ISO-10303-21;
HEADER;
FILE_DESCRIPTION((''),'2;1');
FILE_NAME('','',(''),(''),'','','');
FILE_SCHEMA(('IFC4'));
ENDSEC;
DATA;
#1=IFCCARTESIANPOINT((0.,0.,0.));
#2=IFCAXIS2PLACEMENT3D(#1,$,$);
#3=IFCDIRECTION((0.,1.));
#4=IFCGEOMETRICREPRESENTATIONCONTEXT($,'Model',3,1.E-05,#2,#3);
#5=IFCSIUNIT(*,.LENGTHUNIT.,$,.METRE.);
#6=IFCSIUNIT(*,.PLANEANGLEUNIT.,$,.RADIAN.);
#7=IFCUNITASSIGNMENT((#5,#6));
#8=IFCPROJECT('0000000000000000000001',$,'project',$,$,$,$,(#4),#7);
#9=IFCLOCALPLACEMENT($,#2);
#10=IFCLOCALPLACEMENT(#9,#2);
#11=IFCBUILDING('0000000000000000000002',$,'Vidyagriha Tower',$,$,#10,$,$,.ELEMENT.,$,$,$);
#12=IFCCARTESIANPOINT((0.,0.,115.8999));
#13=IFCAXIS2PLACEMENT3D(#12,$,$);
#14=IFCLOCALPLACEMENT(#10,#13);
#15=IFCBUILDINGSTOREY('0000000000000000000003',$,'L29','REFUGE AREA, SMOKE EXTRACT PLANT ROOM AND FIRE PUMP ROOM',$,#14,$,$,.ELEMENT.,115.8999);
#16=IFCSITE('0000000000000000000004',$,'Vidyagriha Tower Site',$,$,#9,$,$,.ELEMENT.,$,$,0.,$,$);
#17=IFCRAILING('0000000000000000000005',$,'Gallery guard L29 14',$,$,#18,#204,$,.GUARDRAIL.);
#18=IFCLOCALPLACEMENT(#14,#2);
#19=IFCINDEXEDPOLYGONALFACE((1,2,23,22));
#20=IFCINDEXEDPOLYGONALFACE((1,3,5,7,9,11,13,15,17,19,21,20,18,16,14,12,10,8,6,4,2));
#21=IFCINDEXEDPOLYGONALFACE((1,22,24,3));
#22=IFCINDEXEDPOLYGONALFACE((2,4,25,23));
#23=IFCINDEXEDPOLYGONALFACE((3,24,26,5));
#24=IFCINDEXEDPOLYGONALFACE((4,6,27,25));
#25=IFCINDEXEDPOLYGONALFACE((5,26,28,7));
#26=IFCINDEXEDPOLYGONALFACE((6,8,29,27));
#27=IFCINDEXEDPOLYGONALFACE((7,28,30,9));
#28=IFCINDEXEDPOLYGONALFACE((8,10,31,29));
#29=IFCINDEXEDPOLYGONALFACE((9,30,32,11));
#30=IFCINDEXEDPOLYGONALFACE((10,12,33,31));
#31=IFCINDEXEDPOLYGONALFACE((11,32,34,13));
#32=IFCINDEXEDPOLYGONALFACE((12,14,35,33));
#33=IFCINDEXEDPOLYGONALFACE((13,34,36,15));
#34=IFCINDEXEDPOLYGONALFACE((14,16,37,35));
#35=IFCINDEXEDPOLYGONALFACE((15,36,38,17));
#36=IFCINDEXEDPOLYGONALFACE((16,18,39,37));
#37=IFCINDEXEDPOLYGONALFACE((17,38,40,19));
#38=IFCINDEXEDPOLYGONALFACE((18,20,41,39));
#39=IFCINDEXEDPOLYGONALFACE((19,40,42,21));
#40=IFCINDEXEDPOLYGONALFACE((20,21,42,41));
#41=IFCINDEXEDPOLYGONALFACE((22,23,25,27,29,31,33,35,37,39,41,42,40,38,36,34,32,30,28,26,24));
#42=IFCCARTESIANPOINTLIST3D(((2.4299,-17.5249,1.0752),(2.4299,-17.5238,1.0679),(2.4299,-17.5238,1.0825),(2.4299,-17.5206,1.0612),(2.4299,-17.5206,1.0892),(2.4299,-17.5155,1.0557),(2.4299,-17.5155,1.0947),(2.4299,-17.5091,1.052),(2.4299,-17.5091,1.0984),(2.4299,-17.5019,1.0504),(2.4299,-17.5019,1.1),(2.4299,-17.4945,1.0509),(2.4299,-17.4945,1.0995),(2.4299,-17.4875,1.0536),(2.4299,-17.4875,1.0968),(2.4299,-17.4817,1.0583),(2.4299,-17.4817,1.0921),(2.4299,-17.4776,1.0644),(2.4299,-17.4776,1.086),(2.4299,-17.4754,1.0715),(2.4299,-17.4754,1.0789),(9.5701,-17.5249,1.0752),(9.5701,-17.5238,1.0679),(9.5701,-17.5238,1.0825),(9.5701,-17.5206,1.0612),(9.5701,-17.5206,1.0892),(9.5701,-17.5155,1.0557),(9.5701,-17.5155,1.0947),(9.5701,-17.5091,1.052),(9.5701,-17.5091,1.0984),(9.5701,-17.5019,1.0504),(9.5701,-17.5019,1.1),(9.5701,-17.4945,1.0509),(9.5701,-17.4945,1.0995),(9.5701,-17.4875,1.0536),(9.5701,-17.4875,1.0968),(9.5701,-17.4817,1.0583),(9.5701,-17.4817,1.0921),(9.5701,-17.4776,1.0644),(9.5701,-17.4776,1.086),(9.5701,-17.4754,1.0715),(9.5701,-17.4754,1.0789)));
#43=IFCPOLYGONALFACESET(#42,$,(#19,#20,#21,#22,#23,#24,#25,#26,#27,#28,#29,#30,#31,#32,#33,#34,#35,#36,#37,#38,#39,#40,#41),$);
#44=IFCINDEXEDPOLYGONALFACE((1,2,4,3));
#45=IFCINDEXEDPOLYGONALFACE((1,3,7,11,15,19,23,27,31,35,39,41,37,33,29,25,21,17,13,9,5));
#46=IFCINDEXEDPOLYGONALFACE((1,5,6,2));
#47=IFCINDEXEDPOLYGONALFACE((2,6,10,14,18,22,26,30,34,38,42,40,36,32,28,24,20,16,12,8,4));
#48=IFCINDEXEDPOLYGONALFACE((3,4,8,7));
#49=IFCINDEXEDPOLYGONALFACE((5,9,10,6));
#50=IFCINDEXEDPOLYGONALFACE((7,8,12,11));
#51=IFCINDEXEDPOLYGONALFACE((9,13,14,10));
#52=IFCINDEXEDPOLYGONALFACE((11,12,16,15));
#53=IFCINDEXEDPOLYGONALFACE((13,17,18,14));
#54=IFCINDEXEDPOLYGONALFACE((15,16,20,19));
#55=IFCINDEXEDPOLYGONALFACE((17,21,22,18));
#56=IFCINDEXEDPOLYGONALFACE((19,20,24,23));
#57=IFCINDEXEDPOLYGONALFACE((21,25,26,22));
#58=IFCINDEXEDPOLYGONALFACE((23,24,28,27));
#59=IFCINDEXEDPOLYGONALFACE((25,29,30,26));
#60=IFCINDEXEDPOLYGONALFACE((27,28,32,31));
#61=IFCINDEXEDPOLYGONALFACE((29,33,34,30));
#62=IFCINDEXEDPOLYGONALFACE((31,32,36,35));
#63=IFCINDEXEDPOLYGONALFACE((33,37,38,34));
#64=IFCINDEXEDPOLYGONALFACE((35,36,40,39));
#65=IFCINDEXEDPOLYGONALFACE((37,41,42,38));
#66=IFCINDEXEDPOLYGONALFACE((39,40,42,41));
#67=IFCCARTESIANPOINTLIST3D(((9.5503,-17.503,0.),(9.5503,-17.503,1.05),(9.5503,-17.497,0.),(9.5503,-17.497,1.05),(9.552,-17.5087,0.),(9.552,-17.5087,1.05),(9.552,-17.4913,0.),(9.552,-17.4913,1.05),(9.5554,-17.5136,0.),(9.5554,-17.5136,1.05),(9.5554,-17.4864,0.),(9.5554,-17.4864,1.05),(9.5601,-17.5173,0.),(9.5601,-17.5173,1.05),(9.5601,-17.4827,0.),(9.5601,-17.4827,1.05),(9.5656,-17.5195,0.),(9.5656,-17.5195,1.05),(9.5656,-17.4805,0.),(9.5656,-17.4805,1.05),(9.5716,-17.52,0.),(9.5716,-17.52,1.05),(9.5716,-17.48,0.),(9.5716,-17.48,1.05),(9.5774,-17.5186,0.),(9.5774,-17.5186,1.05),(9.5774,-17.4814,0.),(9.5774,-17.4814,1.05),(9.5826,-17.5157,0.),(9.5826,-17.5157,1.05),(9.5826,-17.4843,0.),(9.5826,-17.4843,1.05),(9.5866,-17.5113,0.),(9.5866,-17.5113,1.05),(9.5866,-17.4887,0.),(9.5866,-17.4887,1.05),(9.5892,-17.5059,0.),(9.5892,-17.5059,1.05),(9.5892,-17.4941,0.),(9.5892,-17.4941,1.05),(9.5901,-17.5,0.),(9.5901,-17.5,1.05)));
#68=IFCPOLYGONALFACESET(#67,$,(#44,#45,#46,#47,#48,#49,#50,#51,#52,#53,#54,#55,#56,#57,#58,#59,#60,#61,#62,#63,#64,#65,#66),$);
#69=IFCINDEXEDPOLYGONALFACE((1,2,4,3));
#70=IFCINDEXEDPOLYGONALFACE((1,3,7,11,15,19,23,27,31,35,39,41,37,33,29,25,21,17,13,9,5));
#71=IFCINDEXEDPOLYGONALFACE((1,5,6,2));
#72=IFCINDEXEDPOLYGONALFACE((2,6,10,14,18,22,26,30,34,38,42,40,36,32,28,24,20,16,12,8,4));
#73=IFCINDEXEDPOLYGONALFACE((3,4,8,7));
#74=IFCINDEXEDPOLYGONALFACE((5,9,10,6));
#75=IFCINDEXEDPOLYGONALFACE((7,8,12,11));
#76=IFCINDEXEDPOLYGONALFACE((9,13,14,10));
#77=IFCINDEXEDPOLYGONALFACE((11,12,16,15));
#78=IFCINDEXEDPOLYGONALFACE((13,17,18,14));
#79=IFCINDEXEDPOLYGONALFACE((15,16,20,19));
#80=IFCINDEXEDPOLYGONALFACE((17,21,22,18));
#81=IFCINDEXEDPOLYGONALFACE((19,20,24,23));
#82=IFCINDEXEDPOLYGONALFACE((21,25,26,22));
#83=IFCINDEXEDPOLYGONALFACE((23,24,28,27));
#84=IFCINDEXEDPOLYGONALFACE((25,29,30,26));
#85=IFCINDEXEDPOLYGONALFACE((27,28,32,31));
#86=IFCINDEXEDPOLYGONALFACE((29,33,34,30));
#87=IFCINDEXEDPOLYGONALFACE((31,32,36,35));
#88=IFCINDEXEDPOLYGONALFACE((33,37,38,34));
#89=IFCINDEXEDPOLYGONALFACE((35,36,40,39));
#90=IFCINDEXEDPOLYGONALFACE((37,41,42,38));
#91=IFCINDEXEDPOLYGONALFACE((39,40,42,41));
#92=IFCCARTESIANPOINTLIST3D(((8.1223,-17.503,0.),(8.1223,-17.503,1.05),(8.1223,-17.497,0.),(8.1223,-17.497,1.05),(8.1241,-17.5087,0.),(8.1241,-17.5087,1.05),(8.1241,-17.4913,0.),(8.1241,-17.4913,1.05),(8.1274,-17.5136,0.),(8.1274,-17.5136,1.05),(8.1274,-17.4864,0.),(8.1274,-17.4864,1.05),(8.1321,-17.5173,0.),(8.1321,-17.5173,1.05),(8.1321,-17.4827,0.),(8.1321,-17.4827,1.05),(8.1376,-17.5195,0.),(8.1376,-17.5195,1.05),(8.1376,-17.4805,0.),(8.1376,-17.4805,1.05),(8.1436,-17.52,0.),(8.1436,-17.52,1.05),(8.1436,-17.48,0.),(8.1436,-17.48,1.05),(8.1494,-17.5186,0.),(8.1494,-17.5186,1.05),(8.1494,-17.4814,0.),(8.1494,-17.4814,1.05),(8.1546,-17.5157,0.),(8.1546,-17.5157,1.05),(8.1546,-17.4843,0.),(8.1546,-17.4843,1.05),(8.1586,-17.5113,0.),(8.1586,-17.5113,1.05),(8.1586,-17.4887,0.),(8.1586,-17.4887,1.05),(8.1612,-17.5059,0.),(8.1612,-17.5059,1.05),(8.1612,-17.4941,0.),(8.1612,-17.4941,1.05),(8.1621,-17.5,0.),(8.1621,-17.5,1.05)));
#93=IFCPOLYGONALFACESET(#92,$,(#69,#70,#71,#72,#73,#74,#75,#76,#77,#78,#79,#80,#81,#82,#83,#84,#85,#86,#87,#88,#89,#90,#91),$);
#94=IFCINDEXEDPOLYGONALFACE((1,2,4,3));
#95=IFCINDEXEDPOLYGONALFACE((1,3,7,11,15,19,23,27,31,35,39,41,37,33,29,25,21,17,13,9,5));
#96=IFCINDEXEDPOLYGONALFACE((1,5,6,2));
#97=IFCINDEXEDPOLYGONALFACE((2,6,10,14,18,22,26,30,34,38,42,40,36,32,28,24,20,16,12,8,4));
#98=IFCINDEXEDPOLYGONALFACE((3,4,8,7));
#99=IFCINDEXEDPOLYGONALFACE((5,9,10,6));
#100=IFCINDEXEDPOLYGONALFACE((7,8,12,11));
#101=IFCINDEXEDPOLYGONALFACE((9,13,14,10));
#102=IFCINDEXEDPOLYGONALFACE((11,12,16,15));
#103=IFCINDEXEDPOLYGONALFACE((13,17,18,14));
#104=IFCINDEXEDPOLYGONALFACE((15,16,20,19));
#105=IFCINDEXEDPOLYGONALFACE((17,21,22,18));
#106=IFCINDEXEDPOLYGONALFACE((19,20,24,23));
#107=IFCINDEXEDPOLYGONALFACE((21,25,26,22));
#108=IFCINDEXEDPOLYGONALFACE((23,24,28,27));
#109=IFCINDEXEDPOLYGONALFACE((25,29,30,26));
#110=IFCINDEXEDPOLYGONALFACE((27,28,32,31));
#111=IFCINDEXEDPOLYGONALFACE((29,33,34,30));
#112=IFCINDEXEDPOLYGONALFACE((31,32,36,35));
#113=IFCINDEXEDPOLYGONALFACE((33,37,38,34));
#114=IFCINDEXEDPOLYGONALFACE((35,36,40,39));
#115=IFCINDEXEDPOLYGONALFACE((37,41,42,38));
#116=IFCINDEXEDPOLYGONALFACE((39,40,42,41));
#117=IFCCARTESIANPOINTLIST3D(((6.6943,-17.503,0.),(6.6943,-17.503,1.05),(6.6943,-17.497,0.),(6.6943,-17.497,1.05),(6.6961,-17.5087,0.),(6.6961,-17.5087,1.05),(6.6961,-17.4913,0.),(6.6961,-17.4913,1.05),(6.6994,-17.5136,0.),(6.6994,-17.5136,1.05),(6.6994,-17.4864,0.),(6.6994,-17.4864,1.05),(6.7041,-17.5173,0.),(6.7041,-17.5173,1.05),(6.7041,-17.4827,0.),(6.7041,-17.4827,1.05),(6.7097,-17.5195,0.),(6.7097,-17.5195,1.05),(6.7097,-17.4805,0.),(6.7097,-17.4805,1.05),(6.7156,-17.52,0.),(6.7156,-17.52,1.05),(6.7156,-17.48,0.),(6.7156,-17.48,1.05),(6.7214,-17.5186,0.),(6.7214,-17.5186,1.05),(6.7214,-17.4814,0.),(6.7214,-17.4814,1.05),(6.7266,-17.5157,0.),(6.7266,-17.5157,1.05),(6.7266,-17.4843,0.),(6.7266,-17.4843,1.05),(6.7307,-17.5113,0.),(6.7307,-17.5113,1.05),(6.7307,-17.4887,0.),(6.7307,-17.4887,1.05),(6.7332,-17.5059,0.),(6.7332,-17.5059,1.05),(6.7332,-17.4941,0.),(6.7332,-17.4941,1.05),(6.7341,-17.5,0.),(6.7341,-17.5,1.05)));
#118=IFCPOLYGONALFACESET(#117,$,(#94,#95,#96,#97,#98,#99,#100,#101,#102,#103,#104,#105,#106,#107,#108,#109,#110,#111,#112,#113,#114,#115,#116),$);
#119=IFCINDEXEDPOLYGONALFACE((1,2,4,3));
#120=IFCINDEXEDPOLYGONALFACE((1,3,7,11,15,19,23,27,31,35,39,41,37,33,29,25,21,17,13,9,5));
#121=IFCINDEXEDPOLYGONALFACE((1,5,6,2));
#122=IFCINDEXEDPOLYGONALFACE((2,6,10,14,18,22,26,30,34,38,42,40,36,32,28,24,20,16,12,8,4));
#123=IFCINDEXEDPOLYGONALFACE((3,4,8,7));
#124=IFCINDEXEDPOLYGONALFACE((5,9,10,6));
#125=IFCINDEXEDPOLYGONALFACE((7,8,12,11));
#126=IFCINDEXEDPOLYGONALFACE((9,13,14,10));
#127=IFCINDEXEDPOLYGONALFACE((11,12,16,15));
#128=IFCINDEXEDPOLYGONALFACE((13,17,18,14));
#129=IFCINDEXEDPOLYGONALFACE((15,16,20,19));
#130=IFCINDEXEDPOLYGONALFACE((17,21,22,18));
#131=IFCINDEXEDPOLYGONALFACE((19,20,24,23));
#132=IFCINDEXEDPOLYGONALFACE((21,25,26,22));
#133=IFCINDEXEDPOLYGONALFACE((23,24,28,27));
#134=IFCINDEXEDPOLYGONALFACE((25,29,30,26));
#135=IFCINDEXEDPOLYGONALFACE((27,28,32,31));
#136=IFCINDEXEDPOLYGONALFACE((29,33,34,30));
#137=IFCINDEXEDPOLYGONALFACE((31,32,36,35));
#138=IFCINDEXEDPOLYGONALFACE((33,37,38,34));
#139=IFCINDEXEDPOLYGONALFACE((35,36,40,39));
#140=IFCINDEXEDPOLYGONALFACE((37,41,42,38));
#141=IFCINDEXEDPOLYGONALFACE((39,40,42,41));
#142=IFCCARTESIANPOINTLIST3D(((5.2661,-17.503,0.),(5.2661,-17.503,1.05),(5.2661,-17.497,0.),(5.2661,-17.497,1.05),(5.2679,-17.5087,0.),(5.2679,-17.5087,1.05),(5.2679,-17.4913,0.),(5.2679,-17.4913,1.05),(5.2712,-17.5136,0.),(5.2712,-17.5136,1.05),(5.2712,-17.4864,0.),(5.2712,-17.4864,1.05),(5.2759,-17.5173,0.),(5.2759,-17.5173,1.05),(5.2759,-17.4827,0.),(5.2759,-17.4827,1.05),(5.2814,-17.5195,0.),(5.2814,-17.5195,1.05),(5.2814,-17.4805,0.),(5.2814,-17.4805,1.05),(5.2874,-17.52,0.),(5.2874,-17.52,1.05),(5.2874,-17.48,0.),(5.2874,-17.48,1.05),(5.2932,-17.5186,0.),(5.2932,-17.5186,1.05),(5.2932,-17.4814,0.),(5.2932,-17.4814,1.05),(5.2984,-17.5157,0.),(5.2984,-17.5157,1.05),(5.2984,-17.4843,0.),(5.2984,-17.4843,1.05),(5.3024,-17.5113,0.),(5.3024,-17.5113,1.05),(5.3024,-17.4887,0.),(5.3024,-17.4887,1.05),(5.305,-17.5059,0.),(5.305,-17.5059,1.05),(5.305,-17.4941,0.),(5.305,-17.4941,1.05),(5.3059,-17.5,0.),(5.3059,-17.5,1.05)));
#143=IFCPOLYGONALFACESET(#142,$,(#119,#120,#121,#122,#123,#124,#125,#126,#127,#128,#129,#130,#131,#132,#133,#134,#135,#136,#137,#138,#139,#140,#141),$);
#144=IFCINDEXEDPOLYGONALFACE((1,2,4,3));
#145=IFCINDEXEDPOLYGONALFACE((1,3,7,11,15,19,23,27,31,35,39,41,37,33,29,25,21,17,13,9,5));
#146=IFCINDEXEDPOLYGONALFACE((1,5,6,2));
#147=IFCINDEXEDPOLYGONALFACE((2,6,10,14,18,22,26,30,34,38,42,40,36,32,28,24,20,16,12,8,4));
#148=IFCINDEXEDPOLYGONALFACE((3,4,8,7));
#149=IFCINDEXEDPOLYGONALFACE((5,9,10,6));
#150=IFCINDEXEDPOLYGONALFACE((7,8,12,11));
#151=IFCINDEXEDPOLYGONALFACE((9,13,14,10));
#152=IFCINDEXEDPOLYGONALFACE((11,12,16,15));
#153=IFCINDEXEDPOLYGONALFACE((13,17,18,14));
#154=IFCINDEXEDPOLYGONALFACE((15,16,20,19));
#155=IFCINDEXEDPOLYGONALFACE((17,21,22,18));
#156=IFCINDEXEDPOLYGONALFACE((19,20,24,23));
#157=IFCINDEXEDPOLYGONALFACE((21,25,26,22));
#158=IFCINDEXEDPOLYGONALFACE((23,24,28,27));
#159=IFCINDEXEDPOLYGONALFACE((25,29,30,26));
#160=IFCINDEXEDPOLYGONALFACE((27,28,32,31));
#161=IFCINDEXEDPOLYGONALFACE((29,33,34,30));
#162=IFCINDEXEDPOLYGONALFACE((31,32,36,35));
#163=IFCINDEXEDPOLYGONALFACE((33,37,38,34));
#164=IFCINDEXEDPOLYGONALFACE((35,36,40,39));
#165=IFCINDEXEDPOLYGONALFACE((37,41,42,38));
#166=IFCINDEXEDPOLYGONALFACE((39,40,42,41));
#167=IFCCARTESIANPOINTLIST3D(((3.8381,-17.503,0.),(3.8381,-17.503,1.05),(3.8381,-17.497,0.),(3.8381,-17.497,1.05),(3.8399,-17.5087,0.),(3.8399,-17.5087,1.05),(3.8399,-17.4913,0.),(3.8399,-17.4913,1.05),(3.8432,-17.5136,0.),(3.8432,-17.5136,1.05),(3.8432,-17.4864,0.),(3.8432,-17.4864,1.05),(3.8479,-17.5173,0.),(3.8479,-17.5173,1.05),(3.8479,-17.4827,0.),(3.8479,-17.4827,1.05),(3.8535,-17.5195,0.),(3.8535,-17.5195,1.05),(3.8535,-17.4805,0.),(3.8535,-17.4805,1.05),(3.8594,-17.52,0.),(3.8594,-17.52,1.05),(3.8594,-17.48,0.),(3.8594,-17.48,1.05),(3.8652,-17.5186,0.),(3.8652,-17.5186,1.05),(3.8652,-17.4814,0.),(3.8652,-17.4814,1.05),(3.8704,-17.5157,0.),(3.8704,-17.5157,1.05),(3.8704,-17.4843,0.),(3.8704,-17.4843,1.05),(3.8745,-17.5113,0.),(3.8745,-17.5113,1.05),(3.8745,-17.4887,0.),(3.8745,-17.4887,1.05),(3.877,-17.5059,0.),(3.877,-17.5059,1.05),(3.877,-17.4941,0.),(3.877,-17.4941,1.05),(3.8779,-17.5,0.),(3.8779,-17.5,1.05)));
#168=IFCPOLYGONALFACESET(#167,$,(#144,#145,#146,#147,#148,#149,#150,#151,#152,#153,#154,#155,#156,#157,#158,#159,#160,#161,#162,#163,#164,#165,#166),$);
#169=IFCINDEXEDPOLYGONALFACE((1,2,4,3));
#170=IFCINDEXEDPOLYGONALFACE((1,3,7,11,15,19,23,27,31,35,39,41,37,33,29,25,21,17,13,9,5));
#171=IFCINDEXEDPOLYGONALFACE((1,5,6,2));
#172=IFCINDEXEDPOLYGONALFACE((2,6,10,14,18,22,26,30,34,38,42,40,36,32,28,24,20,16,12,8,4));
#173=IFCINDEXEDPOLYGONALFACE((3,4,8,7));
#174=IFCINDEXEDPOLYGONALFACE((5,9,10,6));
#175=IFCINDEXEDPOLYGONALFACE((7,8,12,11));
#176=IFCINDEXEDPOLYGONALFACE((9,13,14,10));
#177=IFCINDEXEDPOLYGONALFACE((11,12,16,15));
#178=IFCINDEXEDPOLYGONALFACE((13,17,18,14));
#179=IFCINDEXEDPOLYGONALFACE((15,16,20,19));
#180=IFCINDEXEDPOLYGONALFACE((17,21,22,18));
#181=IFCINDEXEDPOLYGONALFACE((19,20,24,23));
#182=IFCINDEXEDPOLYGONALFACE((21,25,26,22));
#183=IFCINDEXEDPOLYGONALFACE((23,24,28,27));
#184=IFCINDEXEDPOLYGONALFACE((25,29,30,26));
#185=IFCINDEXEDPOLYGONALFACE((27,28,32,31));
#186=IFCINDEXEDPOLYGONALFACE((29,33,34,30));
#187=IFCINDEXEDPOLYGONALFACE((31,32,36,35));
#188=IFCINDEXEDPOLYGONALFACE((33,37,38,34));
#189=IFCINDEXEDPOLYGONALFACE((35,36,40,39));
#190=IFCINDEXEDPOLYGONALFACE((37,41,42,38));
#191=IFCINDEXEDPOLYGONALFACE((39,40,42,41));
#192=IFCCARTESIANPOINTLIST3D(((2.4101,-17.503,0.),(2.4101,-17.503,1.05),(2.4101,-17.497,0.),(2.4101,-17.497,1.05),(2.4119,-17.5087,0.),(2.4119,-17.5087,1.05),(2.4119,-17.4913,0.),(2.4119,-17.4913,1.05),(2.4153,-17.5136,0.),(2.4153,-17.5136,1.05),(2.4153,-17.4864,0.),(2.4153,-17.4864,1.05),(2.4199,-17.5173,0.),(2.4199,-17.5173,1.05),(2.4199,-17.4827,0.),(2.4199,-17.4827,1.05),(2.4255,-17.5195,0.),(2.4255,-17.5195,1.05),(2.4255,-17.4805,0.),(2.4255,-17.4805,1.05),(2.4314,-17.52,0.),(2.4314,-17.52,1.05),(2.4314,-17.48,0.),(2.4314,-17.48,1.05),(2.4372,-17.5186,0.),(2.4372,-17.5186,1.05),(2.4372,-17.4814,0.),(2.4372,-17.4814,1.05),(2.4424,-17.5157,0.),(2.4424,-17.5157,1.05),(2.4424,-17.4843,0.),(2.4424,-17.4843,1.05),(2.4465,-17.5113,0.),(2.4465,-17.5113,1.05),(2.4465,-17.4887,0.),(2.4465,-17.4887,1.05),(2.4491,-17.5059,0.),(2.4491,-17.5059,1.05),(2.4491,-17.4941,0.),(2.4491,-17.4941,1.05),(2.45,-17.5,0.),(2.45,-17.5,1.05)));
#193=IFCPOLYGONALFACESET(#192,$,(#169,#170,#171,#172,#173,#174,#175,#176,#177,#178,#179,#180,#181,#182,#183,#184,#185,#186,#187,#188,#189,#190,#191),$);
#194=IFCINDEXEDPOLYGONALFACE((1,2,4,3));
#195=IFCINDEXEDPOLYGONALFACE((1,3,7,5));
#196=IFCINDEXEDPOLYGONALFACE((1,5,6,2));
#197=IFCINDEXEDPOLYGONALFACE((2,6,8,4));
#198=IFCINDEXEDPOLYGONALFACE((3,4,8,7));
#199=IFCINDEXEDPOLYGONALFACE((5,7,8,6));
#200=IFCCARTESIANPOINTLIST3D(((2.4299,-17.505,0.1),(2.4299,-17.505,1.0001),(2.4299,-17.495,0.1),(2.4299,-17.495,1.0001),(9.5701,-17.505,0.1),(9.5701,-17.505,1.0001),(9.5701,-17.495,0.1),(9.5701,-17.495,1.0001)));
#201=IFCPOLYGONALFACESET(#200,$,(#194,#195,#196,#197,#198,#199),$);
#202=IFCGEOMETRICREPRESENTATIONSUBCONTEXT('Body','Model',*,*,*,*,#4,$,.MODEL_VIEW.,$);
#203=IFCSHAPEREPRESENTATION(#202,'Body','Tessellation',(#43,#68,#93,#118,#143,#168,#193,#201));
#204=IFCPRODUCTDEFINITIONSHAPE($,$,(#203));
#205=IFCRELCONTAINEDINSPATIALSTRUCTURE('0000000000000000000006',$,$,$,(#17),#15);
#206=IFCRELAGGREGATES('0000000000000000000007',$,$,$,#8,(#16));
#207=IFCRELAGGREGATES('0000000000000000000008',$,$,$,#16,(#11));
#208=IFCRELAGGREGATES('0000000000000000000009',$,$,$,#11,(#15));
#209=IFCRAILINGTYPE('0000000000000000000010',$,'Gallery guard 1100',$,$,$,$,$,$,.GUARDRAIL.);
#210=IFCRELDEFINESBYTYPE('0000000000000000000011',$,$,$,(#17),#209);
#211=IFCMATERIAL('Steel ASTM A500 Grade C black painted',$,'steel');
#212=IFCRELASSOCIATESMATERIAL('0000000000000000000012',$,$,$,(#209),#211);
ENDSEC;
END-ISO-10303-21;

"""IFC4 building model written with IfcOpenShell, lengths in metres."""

from ifc_helpers import new_model, si_unit, direction, frame, origin, origin_2d, place, context, subcontext, project, spatial, rectangle, circle, extrude, material, type_object, element, save


model = new_model("IFC4")

# Units and contexts
model_context = context("Model", 3, precision=1e-05, world=origin(), true_north=direction((0.0, 1.0)))
body_context = subcontext(model_context, "Body", "Model", "MODEL_VIEW")
ifc_project = project(units=[si_unit("LENGTHUNIT", "METRE"), si_unit("PLANEANGLEUNIT", "RADIAN")], contexts=[model_context])

# Site, building, storey
site_placement = place(None, origin())
site = spatial("IfcSite", under=ifc_project, at=site_placement, Name="Vidyagriha Tower Site", CompositionType="ELEMENT", RefElevation=0.0)
building_placement = place(site_placement, origin())
building = spatial("IfcBuilding", under=site, at=building_placement, Name="Vidyagriha Tower", CompositionType="ELEMENT")
storey_placement = place(building_placement, frame((0.0, 0.0, 115.8999)))
storey = spatial("IfcBuildingStorey", under=building, at=storey_placement, Name="L29", Description="REFUGE AREA, SMOKE EXTRACT PLANT ROOM AND FIRE PUMP ROOM", CompositionType="ELEMENT", Elevation=115.8999)

# Railing
ifc_material_1 = material(Name="Steel ASTM A500 Grade C black painted", Category="steel")
railing_type = type_object("IfcRailingType", Name="Gallery guard 1100", PredefinedType="GUARDRAIL", material=ifc_material_1)
for number, where, name in (
    (1, (9.5701, -17.5, 0.0), "Gallery guard L29 14"),
):
    element("IfcRailing", number, at=place(storey_placement, frame(where)), inside=storey, type_object=railing_type, Name=name, PredefinedType="GUARDRAIL", context=body_context, shape_type="SweptSolid", body=[
        extrude(circle(Radius=0.0249, at=origin_2d()), frame((0.0, 0.0, 1.0752), z_axis=(-1.0, 0.0, 0.0), x_axis=(0.0, -1.0, 0.0)), (0.0, 0.0, 1.0), 7.1401),
        extrude(circle(Radius=0.02, at=origin_2d()), origin(), (0.0, 0.0, 1.0), 1.05),
        extrude(circle(Radius=0.02, at=origin_2d()), frame((-1.428, 0.0, 0.0)), (0.0, 0.0, 1.0), 1.05),
        extrude(circle(Radius=0.02, at=origin_2d()), frame((-2.856, 0.0, 0.0)), (0.0, 0.0, 1.0), 1.05),
        extrude(circle(Radius=0.02, at=origin_2d()), frame((-4.2842, 0.0, 0.0)), (0.0, 0.0, 1.0), 1.05),
        extrude(circle(Radius=0.02, at=origin_2d()), frame((-5.7122, 0.0, 0.0)), (0.0, 0.0, 1.0), 1.05),
        extrude(circle(Radius=0.02, at=origin_2d()), frame((-7.1401, 0.0, 0.0)), (0.0, 0.0, 1.0), 1.05),
        extrude(rectangle(XDim=0.01, YDim=0.9001, at=origin_2d()), frame((0.0, 0.0, 0.55), z_axis=(-1.0, 0.0, 0.0), x_axis=(0.0, -1.0, 0.0)), (0.0, 0.0, 1.0), 7.1401),
    ])

save(model, "model.ifc")
